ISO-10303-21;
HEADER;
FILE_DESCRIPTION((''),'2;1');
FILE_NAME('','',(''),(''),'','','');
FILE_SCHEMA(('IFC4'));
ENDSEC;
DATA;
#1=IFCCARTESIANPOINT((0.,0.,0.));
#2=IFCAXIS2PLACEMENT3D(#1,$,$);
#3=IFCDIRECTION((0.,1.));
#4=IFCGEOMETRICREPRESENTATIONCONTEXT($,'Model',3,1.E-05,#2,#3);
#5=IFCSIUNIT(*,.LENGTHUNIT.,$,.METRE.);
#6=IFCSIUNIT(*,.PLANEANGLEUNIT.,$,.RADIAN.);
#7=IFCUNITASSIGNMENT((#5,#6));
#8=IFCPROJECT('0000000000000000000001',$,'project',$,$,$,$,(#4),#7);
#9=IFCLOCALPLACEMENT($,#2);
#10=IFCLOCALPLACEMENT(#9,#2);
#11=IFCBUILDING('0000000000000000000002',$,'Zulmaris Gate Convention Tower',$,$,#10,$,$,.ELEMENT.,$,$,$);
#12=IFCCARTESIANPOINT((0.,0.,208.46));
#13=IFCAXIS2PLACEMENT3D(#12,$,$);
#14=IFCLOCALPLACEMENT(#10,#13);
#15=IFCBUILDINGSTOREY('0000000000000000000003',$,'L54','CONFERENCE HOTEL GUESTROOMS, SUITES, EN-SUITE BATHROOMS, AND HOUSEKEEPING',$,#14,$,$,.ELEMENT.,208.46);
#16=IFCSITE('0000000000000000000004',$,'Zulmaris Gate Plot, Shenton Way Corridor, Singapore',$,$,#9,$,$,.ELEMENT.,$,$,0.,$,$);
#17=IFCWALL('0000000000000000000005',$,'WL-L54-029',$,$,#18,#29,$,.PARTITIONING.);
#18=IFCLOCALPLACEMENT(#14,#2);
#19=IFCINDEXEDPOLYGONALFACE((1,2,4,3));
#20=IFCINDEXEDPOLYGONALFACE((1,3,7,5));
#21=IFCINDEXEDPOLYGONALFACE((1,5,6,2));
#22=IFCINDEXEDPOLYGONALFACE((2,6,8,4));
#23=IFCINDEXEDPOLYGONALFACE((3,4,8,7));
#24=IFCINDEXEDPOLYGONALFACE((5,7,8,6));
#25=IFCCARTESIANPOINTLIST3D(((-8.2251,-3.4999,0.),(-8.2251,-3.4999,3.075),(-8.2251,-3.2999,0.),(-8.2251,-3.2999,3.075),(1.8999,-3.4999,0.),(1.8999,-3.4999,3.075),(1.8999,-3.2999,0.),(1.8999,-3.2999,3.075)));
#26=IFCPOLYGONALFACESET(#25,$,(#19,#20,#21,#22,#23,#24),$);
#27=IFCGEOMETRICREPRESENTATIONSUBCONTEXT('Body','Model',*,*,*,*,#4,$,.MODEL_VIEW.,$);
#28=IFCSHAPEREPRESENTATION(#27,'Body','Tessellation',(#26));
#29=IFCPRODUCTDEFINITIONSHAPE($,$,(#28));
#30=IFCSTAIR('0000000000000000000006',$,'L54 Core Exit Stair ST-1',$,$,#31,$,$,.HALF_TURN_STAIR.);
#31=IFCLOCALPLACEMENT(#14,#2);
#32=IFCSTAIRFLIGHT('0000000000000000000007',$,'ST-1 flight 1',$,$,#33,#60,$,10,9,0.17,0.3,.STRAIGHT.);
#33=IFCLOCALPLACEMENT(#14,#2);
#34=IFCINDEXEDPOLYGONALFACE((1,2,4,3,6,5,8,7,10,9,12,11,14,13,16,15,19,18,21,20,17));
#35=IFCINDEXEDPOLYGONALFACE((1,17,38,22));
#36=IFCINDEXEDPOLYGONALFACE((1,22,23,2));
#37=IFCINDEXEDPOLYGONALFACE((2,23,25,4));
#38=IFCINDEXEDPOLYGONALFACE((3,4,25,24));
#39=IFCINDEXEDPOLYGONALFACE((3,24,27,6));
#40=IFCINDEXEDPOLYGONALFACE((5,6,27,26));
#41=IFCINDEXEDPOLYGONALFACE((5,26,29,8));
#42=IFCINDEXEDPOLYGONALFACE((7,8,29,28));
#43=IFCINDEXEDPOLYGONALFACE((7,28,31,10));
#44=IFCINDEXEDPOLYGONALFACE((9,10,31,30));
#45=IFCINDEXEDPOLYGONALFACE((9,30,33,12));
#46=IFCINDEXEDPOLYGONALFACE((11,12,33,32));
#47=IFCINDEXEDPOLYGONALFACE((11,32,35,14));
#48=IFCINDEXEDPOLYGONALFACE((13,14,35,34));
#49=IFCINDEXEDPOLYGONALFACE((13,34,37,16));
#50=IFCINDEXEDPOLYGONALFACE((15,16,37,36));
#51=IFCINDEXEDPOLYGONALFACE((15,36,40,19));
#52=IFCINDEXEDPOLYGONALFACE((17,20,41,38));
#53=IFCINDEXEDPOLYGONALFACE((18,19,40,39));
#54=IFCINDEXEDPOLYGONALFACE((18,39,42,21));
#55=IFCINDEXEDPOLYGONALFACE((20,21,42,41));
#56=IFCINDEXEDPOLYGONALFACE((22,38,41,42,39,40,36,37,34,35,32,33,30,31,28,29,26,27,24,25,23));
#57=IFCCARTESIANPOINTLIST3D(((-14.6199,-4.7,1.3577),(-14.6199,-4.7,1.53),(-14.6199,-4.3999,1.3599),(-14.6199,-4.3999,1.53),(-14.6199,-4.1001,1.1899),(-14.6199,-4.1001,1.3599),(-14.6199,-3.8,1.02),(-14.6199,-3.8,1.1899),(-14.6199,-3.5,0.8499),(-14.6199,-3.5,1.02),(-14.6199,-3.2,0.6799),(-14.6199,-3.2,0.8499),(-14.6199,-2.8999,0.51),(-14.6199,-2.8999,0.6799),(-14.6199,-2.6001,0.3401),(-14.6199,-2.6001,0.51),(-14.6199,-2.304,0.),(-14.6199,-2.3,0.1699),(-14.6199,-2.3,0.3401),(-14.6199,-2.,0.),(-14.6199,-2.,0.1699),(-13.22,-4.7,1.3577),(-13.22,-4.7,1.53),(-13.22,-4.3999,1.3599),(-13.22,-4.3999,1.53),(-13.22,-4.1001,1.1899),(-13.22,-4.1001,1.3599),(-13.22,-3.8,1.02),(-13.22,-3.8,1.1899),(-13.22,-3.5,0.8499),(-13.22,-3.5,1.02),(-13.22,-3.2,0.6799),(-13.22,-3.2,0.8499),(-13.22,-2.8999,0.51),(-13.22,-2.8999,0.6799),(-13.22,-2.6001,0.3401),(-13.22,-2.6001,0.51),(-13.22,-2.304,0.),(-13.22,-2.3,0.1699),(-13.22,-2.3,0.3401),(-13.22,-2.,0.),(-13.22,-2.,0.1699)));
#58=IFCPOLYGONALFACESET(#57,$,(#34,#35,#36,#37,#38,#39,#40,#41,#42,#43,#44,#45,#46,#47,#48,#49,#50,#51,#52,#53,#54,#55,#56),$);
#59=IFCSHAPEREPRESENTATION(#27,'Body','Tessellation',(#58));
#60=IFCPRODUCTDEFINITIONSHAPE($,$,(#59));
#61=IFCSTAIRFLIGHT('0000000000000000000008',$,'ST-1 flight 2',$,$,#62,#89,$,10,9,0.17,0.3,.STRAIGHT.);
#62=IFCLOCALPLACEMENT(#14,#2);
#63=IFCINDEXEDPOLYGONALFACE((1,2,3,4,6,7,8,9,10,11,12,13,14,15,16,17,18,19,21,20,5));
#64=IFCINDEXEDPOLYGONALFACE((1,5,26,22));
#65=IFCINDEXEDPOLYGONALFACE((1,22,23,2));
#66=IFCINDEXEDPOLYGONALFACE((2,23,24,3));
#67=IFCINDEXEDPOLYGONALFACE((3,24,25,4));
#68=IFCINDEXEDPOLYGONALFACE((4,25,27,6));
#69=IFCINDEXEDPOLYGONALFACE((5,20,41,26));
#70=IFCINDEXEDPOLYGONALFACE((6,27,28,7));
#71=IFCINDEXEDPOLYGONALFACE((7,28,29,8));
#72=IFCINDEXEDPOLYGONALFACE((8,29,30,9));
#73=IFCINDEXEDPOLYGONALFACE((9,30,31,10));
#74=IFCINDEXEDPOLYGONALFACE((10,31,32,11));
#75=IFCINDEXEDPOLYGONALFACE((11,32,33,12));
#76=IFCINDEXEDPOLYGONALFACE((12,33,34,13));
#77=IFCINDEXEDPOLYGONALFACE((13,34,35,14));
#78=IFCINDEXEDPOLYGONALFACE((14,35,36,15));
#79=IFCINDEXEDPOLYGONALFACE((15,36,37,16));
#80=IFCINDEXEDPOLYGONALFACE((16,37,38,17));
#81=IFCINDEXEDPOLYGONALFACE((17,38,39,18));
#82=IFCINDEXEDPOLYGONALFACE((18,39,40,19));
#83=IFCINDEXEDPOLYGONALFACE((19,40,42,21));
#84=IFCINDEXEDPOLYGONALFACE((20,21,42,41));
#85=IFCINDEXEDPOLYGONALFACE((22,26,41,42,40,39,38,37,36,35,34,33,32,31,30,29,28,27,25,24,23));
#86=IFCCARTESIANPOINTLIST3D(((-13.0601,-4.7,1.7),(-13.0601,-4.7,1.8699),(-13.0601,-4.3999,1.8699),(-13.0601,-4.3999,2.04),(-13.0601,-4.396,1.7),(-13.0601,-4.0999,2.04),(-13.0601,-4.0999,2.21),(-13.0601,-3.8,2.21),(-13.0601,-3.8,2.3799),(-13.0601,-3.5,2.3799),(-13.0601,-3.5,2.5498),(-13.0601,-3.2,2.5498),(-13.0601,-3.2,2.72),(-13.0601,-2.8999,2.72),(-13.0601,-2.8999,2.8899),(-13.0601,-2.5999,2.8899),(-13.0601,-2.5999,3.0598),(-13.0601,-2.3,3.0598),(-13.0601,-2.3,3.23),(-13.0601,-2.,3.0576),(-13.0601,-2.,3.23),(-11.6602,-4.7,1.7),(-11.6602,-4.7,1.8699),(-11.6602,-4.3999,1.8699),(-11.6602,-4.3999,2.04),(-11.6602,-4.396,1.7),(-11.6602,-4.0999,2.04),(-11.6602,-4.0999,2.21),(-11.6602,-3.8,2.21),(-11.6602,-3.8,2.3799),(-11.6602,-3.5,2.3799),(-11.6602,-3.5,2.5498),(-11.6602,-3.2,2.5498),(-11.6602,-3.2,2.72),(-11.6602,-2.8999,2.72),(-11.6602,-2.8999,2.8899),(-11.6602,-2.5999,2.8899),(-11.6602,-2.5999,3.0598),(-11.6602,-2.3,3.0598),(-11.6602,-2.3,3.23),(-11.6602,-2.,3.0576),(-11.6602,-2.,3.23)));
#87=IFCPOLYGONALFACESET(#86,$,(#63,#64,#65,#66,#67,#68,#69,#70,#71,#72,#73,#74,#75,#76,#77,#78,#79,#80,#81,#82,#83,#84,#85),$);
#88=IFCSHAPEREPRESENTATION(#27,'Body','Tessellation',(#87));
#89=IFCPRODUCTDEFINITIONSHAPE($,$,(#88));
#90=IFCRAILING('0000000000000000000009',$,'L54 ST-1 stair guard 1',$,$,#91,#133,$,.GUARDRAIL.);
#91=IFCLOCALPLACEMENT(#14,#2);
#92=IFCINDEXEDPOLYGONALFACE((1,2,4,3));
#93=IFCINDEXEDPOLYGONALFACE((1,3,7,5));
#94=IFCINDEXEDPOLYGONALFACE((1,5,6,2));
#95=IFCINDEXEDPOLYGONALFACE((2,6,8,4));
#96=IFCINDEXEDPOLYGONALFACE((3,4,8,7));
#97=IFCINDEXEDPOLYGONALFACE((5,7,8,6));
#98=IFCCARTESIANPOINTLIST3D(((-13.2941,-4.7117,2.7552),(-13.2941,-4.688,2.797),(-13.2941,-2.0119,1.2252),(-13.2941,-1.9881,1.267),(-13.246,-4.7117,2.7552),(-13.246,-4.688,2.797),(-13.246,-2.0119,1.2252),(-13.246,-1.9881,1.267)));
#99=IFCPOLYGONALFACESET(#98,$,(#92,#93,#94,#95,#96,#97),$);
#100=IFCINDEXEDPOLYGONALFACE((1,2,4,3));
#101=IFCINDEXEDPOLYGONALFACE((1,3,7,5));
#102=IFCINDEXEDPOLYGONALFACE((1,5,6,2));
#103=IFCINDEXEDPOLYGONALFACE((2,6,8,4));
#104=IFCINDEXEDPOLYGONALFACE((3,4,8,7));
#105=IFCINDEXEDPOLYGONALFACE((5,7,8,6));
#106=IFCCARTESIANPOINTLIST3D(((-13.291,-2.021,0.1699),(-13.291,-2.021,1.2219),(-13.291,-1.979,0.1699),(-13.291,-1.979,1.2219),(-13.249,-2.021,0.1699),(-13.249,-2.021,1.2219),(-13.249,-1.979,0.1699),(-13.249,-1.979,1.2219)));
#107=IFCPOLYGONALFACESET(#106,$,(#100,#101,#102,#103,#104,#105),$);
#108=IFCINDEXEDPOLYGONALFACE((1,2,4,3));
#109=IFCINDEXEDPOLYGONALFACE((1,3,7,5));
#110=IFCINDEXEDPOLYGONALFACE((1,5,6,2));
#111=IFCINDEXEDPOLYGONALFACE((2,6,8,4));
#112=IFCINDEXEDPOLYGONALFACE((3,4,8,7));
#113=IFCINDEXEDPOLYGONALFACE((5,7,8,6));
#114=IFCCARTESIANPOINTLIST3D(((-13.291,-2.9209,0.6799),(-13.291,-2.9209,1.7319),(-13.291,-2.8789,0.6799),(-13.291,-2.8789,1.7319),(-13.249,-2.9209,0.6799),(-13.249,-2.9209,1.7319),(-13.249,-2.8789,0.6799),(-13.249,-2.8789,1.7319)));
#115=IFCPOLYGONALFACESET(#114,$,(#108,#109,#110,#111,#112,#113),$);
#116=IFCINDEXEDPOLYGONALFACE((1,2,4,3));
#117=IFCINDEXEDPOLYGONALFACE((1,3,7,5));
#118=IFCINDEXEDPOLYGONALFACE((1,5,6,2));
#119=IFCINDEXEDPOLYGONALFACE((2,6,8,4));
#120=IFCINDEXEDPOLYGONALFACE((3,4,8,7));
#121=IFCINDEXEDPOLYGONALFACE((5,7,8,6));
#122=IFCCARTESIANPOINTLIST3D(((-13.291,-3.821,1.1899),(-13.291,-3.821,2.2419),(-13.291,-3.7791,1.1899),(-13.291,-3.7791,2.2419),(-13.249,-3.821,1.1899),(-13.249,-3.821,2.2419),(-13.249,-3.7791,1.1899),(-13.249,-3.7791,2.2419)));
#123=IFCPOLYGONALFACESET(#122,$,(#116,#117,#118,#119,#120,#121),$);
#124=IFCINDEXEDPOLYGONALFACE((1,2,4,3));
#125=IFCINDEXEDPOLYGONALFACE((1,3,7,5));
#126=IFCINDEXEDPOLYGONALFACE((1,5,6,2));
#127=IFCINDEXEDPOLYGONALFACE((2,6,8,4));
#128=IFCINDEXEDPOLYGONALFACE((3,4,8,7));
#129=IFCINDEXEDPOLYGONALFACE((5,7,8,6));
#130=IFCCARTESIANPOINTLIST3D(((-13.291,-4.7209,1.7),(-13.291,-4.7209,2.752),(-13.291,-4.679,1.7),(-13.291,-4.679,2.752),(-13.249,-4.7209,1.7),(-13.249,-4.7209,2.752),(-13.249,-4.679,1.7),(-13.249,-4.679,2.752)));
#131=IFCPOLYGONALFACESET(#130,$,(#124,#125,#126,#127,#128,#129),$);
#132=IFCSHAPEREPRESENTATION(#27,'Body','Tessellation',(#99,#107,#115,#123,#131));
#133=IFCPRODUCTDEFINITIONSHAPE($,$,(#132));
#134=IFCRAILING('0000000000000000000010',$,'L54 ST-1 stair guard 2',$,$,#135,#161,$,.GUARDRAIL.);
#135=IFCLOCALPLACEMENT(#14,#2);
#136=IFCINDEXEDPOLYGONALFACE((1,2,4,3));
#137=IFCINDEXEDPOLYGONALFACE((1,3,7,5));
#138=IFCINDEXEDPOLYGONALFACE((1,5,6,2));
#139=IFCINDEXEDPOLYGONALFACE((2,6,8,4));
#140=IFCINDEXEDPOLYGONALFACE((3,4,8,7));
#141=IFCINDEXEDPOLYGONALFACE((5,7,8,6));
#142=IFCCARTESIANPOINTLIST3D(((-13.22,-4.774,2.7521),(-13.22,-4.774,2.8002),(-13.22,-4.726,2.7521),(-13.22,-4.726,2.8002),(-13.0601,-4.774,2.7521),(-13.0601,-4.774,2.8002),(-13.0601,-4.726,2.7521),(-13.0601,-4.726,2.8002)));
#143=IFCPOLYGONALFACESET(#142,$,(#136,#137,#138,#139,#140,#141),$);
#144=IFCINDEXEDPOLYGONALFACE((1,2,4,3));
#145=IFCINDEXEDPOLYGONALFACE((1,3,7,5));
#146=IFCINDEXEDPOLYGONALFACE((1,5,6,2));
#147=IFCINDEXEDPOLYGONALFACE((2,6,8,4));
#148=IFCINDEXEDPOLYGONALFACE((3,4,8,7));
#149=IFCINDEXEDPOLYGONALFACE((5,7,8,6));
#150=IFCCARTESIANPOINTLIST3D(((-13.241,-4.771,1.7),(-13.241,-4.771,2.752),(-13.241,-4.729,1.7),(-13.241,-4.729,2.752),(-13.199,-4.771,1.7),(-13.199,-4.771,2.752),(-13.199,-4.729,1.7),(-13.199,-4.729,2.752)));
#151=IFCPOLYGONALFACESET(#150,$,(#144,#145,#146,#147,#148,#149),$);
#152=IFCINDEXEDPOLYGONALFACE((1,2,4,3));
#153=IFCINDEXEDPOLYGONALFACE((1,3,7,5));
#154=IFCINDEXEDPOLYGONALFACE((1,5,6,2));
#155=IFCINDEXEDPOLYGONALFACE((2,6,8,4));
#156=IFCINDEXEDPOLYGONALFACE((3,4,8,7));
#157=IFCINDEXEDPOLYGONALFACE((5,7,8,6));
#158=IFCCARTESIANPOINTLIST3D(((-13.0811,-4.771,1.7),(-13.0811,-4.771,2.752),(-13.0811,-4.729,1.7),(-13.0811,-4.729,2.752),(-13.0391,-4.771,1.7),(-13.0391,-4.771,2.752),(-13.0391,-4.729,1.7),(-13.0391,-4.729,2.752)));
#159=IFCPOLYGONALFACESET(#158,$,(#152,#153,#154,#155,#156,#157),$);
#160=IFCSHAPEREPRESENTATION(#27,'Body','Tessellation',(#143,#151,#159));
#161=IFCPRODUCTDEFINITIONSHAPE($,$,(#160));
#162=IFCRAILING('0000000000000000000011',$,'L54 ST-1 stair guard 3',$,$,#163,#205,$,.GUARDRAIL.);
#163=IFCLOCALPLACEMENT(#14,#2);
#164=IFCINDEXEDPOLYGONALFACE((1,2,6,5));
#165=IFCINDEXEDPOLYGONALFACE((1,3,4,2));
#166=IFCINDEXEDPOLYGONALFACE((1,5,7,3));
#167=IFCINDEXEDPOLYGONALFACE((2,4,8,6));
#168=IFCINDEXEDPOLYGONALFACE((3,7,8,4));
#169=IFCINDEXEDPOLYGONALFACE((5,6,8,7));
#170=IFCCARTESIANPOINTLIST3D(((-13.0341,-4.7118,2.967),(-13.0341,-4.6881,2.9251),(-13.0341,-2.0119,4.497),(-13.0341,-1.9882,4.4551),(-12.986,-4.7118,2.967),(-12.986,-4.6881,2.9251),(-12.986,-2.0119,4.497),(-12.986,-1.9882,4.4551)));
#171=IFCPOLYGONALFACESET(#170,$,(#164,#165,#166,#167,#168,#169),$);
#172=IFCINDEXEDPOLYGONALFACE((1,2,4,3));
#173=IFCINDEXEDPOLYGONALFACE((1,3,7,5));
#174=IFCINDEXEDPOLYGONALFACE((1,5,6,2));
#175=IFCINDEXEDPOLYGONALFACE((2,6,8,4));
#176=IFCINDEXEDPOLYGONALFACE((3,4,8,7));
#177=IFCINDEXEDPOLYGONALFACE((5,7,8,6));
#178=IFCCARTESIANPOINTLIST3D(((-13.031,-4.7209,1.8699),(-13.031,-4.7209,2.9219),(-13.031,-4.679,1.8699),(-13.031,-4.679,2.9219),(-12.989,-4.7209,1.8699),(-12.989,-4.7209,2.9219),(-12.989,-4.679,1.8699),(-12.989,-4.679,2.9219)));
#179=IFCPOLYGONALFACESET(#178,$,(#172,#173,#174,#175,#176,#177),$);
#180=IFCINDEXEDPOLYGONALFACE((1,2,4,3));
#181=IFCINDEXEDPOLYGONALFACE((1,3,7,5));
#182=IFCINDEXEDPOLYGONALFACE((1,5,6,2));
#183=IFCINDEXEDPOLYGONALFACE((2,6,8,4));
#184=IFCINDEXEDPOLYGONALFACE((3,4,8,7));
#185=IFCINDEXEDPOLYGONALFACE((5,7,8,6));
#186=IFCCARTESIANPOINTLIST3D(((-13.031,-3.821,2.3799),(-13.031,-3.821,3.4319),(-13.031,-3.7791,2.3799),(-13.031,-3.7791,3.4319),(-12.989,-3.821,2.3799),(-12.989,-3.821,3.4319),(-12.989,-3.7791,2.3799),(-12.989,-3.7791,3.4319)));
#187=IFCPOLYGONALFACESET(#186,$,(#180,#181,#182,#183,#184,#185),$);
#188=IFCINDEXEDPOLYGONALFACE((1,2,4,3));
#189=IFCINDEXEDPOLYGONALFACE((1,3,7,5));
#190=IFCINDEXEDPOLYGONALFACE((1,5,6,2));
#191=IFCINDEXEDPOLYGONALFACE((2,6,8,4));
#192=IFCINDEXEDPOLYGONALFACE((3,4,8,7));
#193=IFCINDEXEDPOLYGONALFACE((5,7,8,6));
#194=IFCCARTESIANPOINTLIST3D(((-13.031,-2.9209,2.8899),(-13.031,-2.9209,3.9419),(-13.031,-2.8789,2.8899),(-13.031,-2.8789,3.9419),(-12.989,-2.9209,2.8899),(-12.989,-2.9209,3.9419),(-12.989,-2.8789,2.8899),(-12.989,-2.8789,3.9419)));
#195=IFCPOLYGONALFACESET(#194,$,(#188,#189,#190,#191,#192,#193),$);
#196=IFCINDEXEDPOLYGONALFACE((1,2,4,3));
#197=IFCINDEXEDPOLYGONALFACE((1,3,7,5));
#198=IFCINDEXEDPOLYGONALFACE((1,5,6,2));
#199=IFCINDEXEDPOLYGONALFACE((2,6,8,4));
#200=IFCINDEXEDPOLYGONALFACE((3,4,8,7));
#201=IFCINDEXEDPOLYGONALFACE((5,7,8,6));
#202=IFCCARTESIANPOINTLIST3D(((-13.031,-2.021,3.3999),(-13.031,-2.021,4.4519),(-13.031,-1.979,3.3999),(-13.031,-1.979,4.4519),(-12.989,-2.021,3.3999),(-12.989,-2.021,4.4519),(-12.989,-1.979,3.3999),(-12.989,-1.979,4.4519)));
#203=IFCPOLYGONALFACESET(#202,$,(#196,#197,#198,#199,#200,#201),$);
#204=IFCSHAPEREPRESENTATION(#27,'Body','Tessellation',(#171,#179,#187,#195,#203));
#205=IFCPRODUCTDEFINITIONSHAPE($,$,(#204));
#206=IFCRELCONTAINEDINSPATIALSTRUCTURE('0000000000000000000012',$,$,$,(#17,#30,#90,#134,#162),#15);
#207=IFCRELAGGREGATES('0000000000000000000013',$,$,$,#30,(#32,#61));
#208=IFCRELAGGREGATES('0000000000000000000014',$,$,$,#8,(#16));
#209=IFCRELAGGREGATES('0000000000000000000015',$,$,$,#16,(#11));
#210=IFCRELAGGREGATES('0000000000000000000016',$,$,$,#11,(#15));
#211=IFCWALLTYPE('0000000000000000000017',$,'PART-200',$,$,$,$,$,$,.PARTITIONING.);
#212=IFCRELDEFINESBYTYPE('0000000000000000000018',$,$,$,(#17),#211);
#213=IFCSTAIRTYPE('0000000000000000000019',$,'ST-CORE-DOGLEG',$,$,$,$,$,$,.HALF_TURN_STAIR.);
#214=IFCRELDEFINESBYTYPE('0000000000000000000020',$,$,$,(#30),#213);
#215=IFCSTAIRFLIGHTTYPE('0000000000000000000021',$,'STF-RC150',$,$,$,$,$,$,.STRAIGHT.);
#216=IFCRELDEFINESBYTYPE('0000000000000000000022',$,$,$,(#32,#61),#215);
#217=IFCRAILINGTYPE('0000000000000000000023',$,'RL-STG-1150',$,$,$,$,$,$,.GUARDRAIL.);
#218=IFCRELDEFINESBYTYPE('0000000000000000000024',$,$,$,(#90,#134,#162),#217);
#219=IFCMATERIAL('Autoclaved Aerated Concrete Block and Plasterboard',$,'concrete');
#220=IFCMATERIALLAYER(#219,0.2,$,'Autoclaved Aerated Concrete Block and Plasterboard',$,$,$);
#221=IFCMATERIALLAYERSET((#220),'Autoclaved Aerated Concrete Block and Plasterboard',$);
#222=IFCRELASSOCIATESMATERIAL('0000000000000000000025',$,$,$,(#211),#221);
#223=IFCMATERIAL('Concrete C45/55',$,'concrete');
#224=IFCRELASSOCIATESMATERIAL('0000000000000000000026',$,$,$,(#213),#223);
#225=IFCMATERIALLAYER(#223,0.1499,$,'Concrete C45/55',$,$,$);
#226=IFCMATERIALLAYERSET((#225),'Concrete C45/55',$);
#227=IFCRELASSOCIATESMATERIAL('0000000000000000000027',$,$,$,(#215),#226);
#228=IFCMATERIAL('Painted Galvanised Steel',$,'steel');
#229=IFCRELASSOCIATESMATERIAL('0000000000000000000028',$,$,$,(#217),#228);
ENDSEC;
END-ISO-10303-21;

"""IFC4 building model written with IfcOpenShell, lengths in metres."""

from ifc_helpers import new_model, si_unit, direction, frame, frame_2d, origin, origin_2d, place, context, subcontext, project, spatial, polyline, rectangle, outline, extrude, material, layer, layer_set, type_object, element, aggregate, save


model = new_model("IFC4")

# Units and contexts
model_context = context("Model", 3, precision=1e-05, world=origin(), true_north=direction((0.0, 1.0)))
body_context = subcontext(model_context, "Body", "Model", "MODEL_VIEW")
ifc_project = project(units=[si_unit("LENGTHUNIT", "METRE"), si_unit("PLANEANGLEUNIT", "RADIAN")], contexts=[model_context])

# Site, building, storey
site_placement = place(None, origin())
site = spatial("IfcSite", under=ifc_project, at=site_placement, Name="Zulmaris Gate Plot, Shenton Way Corridor, Singapore", CompositionType="ELEMENT", RefElevation=0.0)
building_placement = place(site_placement, origin())
building = spatial("IfcBuilding", under=site, at=building_placement, Name="Zulmaris Gate Convention Tower", CompositionType="ELEMENT")
storey_placement = place(building_placement, frame((0.0, 0.0, 208.46)))
storey = spatial("IfcBuildingStorey", under=building, at=storey_placement, Name="L54", Description="CONFERENCE HOTEL GUESTROOMS, SUITES, EN-SUITE BATHROOMS, AND HOUSEKEEPING", CompositionType="ELEMENT", Elevation=208.46)

# Wall
ifc_material_1 = material(Name="Autoclaved Aerated Concrete Block and Plasterboard", Category="concrete")
ifc_layer_1 = layer(ifc_material_1, 0.2, Name="Autoclaved Aerated Concrete Block and Plasterboard")
ifc_layer_set_1 = layer_set([ifc_layer_1], Name="Autoclaved Aerated Concrete Block and Plasterboard")
wall_type_1 = type_object("IfcWallType", Name="PART-200", PredefinedType="PARTITIONING", material=ifc_layer_set_1)
wall_1_placement = place(storey_placement, frame((-8.2251, -3.3999, 0.0), z_axis=(0.0, 0.0, 1.0), x_axis=(1.0, 0.0, 0.0)))
element("IfcWall", 1, at=wall_1_placement, inside=storey, type_object=wall_type_1, Name="WL-L54-029", PredefinedType="PARTITIONING", context=body_context, shape_type="SweptSolid", body=[
    extrude(rectangle(XDim=10.125, YDim=0.2, at=frame_2d((5.0625, 0.0))), origin(), (0.0, 0.0, 1.0), 3.075),
])

# Stair, stair flights
ifc_material_2 = material(Name="Concrete C45/55", Category="concrete")
stair_type = type_object("IfcStairType", Name="ST-CORE-DOGLEG", PredefinedType="HALF_TURN_STAIR", material=ifc_material_2)
stair_placement = place(storey_placement, origin())
stair = element("IfcStair", 2, at=stair_placement, inside=storey, type_object=stair_type, Name="L54 Core Exit Stair ST-1", PredefinedType="HALF_TURN_STAIR")
ifc_layer_2 = layer(ifc_material_2, 0.1499, Name="Concrete C45/55")
ifc_layer_set_2 = layer_set([ifc_layer_2], Name="Concrete C45/55")
stair_flight_type = type_object("IfcStairFlightType", Name="STF-RC150", PredefinedType="STRAIGHT", material=ifc_layer_set_2)
stair_flight_1_placement = place(storey_placement, frame((-13.9199, -2.0, 0.0), z_axis=(0.0, 0.0, 1.0), x_axis=(0.0, -1.0, 0.0)))
stair_flight_1 = element("IfcStairFlight", 3, at=stair_flight_1_placement, type_object=stair_flight_type, Name="ST-1 flight 1", NumberOfRisers=10, NumberOfTreads=9, PredefinedType="STRAIGHT", RiserHeight=0.17, TreadLength=0.3, context=body_context, shape_type="SweptSolid", body=[
    extrude(outline(polyline([(0.0, 0.0), (0.0, 0.1699), (0.3, 0.1699), (0.3, 0.3401), (0.6001, 0.3401), (0.6001, 0.51), (0.8999, 0.51), (0.8999, 0.6799), (1.2, 0.6799), (1.2, 0.8499), (1.5, 0.8499), (1.5, 1.02), (1.8, 1.02), (1.8, 1.1899), (2.1001, 1.1899), (2.1001, 1.3599), (2.3999, 1.3599), (2.3999, 1.53), (2.7, 1.53), (2.7, 1.7), (2.7, 1.3577), (0.304, 0.0), (0.0, 0.0)])), frame((0.0, 0.7, 0.0), z_axis=(0.0, -1.0, 0.0), x_axis=(1.0, 0.0, 0.0)), (0.0, 0.0, 1.0), 1.3999),
])
stair_flight_2_placement = place(storey_placement, frame((-12.3601, -4.7, 1.7), z_axis=(0.0, 0.0, 1.0), x_axis=(0.0, 1.0, 0.0)))
stair_flight_2 = element("IfcStairFlight", 4, at=stair_flight_2_placement, type_object=stair_flight_type, Name="ST-1 flight 2", NumberOfRisers=10, NumberOfTreads=9, PredefinedType="STRAIGHT", RiserHeight=0.17, TreadLength=0.3, context=body_context, shape_type="SweptSolid", body=[
    extrude(outline(polyline([(0.0, 0.0), (0.0, 0.1699), (0.3, 0.1699), (0.3, 0.3401), (0.6001, 0.3401), (0.6001, 0.51), (0.8999, 0.51), (0.8999, 0.6799), (1.2, 0.6799), (1.2, 0.8499), (1.5, 0.8499), (1.5, 1.02), (1.8, 1.02), (1.8, 1.1899), (2.1001, 1.1899), (2.1001, 1.3599), (2.3999, 1.3599), (2.3999, 1.53), (2.7, 1.53), (2.7, 1.7), (2.7, 1.3577), (0.304, 0.0), (0.0, 0.0)])), frame((0.0, 0.7, 0.0), z_axis=(0.0, -1.0, 0.0), x_axis=(1.0, 0.0, 0.0)), (0.0, 0.0, 1.0), 1.3999),
])
aggregate(stair, [stair_flight_1, stair_flight_2])

# Railings
ifc_material_3 = material(Name="Painted Galvanised Steel", Category="steel")
railing_type_1 = type_object("IfcRailingType", Name="RL-STG-1150", PredefinedType="GUARDRAIL", material=ifc_material_3)
railing_1_placement = place(storey_placement, frame((-13.27, -2.0, 0.1699)))
element("IfcRailing", 5, at=railing_1_placement, inside=storey, type_object=railing_type_1, Name="L54 ST-1 stair guard 1", PredefinedType="GUARDRAIL", context=body_context, shape_type="SweptSolid", body=[
    extrude(rectangle(XDim=0.0481, YDim=0.0481, at=origin_2d()), frame((0.0, 0.0, 1.0762), z_axis=(0.0, -0.870014, 0.493026), x_axis=(1.0, 0.0, 0.0)), (0.0, 0.0, 1.0), 3.1033),
    extrude(rectangle(XDim=0.042, YDim=0.042, at=origin_2d()), origin(), (0.0, 0.0, 1.0), 1.052),
    extrude(rectangle(XDim=0.042, YDim=0.042, at=origin_2d()), frame((0.0, -0.8999, 0.51)), (0.0, 0.0, 1.0), 1.052),
    extrude(rectangle(XDim=0.042, YDim=0.042, at=origin_2d()), frame((0.0, -1.8, 1.02)), (0.0, 0.0, 1.0), 1.052),
    extrude(rectangle(XDim=0.042, YDim=0.042, at=origin_2d()), frame((0.0, -2.7, 1.53)), (0.0, 0.0, 1.0), 1.052),
])
railing_2_placement = place(storey_placement, frame((-13.22, -4.75, 1.7)))
element("IfcRailing", 6, at=railing_2_placement, inside=storey, type_object=railing_type_1, Name="L54 ST-1 stair guard 2", PredefinedType="GUARDRAIL", context=body_context, shape_type="SweptSolid", body=[
    extrude(rectangle(XDim=0.0481, YDim=0.0481, at=origin_2d()), frame((0.0, 0.0, 1.0762), z_axis=(1.0, 0.0, 0.0), x_axis=(0.0, 1.0, 0.0)), (0.0, 0.0, 1.0), 0.1599),
    extrude(rectangle(XDim=0.042, YDim=0.042, at=origin_2d()), origin(), (0.0, 0.0, 1.0), 1.052),
    extrude(rectangle(XDim=0.042, YDim=0.042, at=origin_2d()), frame((0.1599, 0.0, 0.0)), (0.0, 0.0, 1.0), 1.052),
])
railing_3_placement = place(storey_placement, frame((-13.01, -4.7, 1.8699)))
element("IfcRailing", 7, at=railing_3_placement, inside=storey, type_object=railing_type_1, Name="L54 ST-1 stair guard 3", PredefinedType="GUARDRAIL", context=body_context, shape_type="SweptSolid", body=[
    extrude(rectangle(XDim=0.0481, YDim=0.0481, at=origin_2d()), frame((0.0, 0.0, 1.0762), z_axis=(0.0, 0.870014, 0.493026), x_axis=(-1.0, 0.0, 0.0)), (0.0, 0.0, 1.0), 3.1033),
    extrude(rectangle(XDim=0.042, YDim=0.042, at=origin_2d()), origin(), (0.0, 0.0, 1.0), 1.052),
    extrude(rectangle(XDim=0.042, YDim=0.042, at=origin_2d()), frame((0.0, 0.8999, 0.51)), (0.0, 0.0, 1.0), 1.052),
    extrude(rectangle(XDim=0.042, YDim=0.042, at=origin_2d()), frame((0.0, 1.8, 1.02)), (0.0, 0.0, 1.0), 1.052),
    extrude(rectangle(XDim=0.042, YDim=0.042, at=origin_2d()), frame((0.0, 2.7, 1.53)), (0.0, 0.0, 1.0), 1.052),
])

save(model, "model.ifc")
